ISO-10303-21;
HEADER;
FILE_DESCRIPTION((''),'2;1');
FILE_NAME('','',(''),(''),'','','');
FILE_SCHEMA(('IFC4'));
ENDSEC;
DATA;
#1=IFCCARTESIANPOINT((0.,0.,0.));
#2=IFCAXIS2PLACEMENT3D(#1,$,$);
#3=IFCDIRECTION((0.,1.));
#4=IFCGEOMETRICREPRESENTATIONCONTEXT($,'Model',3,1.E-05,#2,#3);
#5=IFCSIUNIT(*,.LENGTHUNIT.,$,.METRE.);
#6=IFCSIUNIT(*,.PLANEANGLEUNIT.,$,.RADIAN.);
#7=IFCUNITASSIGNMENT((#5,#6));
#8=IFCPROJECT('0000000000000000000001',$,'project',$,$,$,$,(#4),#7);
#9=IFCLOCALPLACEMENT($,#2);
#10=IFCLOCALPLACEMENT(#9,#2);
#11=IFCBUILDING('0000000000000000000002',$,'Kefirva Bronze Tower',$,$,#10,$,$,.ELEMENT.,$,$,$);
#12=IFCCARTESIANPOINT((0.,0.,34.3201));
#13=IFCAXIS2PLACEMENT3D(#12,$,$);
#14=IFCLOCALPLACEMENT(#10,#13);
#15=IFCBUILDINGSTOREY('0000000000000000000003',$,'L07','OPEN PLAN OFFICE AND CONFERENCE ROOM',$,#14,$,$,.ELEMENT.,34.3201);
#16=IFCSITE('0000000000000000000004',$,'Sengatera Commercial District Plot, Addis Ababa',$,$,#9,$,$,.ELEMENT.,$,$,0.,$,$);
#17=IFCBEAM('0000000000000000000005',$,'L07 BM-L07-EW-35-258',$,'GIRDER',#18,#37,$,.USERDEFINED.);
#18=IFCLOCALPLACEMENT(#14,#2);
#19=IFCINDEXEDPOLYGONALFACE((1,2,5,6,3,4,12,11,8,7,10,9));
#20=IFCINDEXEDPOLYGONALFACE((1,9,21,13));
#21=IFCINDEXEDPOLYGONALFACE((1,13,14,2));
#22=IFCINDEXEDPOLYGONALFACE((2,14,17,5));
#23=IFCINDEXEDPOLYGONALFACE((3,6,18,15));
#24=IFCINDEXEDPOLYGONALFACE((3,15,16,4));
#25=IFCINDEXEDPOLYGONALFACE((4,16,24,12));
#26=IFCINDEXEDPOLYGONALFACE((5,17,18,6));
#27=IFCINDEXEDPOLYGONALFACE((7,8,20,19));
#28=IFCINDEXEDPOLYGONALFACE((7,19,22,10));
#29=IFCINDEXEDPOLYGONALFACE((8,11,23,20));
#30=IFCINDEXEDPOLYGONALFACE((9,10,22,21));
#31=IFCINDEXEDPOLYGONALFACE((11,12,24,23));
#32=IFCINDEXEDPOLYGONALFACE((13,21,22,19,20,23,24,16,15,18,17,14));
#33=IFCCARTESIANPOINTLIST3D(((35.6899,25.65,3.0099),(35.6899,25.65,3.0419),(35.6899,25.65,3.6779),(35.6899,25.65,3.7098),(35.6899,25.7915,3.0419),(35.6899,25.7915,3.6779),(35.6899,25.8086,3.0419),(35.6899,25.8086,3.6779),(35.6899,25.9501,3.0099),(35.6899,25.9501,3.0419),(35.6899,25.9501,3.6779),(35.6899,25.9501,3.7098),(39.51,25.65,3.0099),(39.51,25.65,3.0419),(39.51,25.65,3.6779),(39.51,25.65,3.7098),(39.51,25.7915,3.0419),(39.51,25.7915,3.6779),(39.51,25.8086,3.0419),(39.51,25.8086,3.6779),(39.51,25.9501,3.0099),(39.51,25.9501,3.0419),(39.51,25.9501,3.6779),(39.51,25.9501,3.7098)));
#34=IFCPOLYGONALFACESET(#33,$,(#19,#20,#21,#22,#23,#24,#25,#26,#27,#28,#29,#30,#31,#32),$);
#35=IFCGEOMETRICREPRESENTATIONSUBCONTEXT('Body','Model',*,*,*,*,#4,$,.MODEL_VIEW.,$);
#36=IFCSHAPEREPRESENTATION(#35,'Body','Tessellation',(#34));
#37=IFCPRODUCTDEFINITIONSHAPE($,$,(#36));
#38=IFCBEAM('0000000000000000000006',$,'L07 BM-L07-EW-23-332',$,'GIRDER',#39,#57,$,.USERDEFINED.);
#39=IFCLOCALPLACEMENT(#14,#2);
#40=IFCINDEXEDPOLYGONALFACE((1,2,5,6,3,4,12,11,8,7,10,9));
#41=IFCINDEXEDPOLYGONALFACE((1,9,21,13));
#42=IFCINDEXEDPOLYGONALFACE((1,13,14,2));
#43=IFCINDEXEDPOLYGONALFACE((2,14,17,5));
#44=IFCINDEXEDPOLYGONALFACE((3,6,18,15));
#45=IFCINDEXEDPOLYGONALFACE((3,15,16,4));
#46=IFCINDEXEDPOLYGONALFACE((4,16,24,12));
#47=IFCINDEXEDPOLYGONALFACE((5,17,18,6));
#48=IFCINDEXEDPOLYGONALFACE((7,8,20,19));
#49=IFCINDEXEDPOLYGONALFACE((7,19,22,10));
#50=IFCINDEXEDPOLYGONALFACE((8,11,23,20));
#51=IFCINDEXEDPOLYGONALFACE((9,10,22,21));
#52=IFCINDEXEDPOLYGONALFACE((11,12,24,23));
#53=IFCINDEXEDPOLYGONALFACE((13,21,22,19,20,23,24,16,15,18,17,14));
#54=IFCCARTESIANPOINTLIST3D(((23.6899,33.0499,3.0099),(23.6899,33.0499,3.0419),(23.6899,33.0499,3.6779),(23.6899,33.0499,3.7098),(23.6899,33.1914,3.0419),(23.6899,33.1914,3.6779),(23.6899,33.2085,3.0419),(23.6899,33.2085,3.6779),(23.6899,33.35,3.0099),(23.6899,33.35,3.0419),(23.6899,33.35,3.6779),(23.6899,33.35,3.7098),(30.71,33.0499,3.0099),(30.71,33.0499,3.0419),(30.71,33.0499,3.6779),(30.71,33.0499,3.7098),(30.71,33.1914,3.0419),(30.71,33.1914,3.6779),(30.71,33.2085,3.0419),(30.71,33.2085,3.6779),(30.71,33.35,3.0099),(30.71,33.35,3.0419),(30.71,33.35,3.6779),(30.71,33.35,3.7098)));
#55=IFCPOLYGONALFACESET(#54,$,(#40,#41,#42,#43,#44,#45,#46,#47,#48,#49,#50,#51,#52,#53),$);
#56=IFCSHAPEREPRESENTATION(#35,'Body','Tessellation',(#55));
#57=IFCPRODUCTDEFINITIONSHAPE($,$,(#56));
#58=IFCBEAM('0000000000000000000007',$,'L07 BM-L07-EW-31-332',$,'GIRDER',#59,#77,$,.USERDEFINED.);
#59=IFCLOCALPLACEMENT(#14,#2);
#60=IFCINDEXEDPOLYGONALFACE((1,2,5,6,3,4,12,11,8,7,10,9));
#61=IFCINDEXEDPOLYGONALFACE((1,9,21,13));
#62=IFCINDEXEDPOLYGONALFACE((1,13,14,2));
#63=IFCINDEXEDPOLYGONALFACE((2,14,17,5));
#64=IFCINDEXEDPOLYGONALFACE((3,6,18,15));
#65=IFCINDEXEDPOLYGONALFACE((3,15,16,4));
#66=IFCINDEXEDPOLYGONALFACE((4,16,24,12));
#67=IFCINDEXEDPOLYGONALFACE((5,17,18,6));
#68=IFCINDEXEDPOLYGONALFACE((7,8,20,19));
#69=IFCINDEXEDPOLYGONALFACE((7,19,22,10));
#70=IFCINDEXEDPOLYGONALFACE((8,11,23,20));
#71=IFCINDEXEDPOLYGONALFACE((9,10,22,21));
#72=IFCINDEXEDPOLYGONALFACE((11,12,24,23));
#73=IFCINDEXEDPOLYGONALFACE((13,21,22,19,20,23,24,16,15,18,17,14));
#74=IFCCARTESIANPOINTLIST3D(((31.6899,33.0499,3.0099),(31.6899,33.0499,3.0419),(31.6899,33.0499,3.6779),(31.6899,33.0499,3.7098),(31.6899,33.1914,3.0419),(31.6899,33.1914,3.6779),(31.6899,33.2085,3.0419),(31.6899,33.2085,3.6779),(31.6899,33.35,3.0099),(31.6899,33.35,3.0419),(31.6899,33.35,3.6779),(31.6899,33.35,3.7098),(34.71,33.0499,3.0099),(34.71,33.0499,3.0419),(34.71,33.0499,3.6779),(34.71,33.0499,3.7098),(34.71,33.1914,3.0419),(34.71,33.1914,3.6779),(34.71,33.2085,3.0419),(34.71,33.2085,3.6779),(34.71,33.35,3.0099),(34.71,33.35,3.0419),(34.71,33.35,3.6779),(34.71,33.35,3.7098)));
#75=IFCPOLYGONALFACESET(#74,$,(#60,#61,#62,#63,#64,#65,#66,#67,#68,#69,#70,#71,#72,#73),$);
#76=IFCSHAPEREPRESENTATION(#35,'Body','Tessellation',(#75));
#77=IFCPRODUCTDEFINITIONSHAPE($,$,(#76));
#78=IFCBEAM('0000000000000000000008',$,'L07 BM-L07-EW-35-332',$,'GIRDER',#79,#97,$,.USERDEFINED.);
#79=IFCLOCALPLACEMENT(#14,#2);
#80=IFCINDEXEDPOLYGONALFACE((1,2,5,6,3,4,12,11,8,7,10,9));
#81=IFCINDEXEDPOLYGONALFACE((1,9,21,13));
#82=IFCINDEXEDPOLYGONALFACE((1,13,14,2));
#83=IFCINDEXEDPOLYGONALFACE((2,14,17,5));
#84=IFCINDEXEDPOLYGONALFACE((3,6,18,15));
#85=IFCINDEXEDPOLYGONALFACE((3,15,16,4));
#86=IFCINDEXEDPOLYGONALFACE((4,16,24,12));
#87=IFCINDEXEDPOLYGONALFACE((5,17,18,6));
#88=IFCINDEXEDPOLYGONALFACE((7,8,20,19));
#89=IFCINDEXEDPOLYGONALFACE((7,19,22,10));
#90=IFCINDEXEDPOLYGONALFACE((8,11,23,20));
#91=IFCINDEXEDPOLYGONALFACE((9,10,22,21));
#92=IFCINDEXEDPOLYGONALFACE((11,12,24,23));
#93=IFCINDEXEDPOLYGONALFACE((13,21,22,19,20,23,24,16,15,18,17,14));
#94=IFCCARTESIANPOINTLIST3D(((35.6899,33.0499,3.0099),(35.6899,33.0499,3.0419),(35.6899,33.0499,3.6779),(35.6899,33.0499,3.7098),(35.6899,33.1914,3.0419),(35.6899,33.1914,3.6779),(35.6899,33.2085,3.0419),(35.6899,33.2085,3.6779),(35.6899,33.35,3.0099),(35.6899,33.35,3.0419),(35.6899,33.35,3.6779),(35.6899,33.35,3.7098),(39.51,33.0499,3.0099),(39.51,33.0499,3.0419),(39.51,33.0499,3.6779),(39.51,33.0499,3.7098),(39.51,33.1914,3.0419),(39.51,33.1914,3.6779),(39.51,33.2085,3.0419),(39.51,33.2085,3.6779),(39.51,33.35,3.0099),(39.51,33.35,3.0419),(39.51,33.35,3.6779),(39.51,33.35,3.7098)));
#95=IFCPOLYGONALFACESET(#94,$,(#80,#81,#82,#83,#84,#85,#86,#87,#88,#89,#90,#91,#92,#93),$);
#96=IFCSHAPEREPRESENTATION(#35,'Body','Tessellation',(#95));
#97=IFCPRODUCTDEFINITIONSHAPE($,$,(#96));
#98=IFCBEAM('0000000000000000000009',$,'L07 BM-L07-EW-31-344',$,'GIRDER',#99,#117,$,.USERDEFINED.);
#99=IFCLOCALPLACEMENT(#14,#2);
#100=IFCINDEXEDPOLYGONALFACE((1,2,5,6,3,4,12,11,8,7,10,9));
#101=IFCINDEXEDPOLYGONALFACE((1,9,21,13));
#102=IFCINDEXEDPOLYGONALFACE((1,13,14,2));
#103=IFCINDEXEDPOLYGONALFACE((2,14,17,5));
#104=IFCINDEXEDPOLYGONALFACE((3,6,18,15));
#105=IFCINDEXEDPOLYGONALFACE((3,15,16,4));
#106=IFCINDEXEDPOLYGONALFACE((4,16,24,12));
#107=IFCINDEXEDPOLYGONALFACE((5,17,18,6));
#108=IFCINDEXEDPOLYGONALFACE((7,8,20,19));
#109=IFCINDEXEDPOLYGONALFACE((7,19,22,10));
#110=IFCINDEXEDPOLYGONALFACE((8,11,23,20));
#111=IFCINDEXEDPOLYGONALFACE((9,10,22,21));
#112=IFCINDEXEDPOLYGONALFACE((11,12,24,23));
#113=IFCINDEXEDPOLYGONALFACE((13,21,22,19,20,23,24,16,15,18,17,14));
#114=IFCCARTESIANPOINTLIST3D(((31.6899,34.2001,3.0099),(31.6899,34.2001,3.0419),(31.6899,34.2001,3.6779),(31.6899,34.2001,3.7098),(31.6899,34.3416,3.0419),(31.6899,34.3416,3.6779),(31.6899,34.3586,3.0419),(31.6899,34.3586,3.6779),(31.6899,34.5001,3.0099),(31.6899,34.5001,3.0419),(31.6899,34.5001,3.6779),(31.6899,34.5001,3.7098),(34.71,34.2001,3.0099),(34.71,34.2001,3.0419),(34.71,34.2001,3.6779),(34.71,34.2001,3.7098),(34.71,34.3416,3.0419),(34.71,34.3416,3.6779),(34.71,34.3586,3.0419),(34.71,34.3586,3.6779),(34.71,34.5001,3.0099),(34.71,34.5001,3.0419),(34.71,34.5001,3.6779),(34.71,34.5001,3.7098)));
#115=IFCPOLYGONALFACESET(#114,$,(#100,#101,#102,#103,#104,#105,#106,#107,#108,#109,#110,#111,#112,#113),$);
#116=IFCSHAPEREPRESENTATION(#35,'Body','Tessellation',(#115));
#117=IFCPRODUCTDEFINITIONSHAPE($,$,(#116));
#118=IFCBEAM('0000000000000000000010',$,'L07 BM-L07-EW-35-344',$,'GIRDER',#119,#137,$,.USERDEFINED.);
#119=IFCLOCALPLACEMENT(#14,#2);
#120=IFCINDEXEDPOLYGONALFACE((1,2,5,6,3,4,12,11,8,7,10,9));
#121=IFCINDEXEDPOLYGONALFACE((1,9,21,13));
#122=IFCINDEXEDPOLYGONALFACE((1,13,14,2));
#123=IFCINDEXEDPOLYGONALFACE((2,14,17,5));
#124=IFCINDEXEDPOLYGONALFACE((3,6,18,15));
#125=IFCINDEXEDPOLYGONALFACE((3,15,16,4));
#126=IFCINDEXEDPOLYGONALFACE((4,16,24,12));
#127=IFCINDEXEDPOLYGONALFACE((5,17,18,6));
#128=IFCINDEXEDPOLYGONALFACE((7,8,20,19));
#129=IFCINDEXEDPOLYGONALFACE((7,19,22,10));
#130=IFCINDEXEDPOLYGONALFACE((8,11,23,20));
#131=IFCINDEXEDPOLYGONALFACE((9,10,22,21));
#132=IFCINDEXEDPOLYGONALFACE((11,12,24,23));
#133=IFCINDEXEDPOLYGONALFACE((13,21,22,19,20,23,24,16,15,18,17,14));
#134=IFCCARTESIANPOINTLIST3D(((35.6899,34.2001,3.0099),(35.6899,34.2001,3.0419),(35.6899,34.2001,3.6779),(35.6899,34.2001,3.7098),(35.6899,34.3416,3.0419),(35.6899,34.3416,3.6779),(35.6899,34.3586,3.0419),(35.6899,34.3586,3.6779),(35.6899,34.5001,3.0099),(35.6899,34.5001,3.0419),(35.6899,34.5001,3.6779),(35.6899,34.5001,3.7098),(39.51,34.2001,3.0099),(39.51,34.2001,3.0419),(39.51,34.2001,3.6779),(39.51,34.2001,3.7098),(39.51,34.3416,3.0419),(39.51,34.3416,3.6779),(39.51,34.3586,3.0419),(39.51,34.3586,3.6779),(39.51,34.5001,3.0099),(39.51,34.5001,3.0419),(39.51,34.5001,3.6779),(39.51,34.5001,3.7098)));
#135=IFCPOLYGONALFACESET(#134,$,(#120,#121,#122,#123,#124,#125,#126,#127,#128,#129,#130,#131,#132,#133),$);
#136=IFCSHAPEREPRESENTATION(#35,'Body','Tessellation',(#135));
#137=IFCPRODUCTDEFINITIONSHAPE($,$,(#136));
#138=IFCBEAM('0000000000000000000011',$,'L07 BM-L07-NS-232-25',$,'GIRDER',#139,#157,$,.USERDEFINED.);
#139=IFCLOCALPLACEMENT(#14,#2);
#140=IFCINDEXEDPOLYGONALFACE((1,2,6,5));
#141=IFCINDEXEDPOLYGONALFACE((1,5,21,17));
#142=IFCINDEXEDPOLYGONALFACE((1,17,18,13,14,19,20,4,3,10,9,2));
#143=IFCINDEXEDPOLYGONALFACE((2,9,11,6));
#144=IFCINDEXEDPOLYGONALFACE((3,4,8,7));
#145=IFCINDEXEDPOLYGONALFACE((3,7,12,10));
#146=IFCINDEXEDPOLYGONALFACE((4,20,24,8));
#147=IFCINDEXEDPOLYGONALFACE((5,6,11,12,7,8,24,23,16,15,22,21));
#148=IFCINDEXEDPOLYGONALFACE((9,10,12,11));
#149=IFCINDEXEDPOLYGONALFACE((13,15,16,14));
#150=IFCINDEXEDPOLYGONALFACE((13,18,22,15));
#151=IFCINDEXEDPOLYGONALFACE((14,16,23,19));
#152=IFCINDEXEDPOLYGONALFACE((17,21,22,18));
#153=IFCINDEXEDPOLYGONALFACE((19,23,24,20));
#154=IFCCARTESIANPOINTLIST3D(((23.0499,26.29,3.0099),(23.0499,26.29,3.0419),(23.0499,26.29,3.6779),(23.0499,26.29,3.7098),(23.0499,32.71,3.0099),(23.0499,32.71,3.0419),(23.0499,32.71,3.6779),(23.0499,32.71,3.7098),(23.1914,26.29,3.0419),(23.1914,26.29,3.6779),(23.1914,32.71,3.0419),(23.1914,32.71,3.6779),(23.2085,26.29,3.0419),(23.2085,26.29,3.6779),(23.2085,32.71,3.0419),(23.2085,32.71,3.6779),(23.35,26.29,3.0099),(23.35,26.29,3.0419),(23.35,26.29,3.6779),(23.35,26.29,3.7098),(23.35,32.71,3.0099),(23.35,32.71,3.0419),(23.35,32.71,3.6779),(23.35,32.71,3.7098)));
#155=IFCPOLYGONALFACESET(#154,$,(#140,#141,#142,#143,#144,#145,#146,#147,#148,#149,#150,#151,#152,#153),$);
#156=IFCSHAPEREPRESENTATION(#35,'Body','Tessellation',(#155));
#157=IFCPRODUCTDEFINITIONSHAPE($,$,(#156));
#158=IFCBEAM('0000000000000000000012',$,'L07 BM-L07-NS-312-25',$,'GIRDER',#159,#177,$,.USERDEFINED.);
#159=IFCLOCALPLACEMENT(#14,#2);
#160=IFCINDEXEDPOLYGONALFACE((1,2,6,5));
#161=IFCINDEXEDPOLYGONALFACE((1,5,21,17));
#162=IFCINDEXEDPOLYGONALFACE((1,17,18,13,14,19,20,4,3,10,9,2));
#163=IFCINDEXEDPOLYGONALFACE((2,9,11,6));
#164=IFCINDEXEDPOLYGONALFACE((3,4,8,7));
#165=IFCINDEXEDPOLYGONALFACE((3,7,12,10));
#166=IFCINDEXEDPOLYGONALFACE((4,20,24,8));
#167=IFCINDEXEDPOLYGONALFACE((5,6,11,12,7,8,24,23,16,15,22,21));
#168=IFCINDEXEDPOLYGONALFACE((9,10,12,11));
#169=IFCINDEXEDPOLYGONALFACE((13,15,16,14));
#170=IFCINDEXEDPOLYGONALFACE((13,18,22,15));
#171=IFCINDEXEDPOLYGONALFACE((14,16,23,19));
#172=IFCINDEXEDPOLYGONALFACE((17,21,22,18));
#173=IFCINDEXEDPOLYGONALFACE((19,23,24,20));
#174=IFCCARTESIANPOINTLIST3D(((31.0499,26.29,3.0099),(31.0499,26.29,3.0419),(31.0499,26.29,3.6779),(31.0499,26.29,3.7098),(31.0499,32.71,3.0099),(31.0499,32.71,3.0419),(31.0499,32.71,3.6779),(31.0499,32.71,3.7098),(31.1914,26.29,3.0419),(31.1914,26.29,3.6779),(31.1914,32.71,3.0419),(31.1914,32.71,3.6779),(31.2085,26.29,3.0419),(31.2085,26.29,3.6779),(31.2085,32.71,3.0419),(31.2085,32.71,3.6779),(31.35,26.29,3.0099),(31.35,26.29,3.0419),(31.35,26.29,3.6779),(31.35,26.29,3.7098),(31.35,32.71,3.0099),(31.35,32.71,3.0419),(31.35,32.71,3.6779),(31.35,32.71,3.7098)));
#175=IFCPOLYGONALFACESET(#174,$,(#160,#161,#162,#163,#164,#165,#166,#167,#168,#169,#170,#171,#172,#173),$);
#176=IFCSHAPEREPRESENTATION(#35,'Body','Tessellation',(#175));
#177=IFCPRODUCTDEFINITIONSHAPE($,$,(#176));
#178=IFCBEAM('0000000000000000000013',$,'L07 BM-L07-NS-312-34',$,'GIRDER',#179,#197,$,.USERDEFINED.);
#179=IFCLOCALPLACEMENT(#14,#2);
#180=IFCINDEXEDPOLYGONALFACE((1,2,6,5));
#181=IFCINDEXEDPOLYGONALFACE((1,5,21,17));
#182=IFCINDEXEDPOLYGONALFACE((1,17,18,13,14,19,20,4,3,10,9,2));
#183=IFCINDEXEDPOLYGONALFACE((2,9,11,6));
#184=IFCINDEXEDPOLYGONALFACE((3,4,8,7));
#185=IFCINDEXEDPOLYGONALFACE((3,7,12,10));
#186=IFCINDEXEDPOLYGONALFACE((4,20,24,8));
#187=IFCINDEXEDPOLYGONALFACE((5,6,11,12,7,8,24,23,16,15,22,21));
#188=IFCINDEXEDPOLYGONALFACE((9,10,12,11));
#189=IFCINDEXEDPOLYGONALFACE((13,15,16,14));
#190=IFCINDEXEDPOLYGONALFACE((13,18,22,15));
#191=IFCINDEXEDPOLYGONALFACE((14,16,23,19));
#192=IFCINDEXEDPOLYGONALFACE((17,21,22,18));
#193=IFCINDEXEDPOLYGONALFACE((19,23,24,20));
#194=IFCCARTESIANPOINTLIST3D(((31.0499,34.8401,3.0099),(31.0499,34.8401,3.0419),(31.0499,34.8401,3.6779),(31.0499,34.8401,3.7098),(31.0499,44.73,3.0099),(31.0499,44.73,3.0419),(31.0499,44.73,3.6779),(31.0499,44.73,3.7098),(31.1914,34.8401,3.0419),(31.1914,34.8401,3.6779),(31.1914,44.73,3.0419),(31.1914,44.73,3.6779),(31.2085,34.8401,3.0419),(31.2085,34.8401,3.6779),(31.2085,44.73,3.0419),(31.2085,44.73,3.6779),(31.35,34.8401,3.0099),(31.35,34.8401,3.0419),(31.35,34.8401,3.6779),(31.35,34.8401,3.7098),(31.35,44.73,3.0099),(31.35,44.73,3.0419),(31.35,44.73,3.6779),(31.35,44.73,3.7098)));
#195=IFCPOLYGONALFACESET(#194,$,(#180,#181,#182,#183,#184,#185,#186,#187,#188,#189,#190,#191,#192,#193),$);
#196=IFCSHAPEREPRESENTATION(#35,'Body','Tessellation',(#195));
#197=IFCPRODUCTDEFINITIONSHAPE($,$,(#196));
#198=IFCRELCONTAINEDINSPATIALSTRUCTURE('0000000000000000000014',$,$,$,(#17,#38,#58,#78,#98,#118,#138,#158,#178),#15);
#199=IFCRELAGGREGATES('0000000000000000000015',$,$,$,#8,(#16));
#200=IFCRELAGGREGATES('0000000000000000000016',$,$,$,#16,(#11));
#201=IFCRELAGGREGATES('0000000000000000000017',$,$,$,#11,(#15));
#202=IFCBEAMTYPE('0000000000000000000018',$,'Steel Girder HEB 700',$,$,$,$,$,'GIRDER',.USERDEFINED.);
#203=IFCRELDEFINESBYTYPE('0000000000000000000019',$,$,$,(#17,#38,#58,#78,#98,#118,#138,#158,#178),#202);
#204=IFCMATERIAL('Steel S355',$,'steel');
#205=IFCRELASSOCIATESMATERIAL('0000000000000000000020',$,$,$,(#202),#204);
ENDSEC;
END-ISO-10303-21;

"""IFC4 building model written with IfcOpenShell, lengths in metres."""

from ifc_helpers import new_model, si_unit, direction, frame, origin, origin_2d, place, context, subcontext, project, spatial, i_section, extrude, material, material_profile, profile_set, type_object, element, save


model = new_model("IFC4")

# Units and contexts
model_context = context("Model", 3, precision=1e-05, world=origin(), true_north=direction((0.0, 1.0)))
body_context = subcontext(model_context, "Body", "Model", "MODEL_VIEW")
ifc_project = project(units=[si_unit("LENGTHUNIT", "METRE"), si_unit("PLANEANGLEUNIT", "RADIAN")], contexts=[model_context])

# Site, building, storey
site_placement = place(None, origin())
site = spatial("IfcSite", under=ifc_project, at=site_placement, Name="Sengatera Commercial District Plot, Addis Ababa", CompositionType="ELEMENT", RefElevation=0.0)
building_placement = place(site_placement, origin())
building = spatial("IfcBuilding", under=site, at=building_placement, Name="Kefirva Bronze Tower", CompositionType="ELEMENT")
storey_placement = place(building_placement, frame((0.0, 0.0, 34.3201)))
storey = spatial("IfcBuildingStorey", under=building, at=storey_placement, Name="L07", Description="OPEN PLAN OFFICE AND CONFERENCE ROOM", CompositionType="ELEMENT", Elevation=34.3201)

# Beams
ifc_material_1 = material(Name="Steel S355", Category="steel")
ifc_material_profile_1 = material_profile(ifc_material_1, i_section(OverallWidth=0.3, OverallDepth=0.7, WebThickness=0.0171, FlangeThickness=0.032, at=origin_2d()), Name="HEB 700")
ifc_profile_set_1 = profile_set([ifc_material_profile_1], Name="Steel S355")
beam_type_1 = type_object("IfcBeamType", Name="Steel Girder HEB 700", ElementType="GIRDER", PredefinedType="USERDEFINED", material=ifc_profile_set_1)
beam_1_placement = place(storey_placement, frame((35.6899, 25.8, 3.3599), z_axis=(1.0, 0.0, 0.0), x_axis=(0.0, 1.0, 0.0)))
element("IfcBeam", 1, at=beam_1_placement, inside=storey, type_object=beam_type_1, Name="L07 BM-L07-EW-35-258", ObjectType="GIRDER", PredefinedType="USERDEFINED", context=body_context, shape_type="SweptSolid", body=[
    extrude(i_section(OverallWidth=0.3, OverallDepth=0.7, WebThickness=0.0171, FlangeThickness=0.032, at=origin_2d()), origin(), (0.0, 0.0, 1.0), 3.8201),
])
beam_2_placement = place(storey_placement, frame((23.6899, 33.2, 3.3599), z_axis=(1.0, 0.0, 0.0), x_axis=(0.0, 1.0, 0.0)))
element("IfcBeam", 2, at=beam_2_placement, inside=storey, type_object=beam_type_1, Name="L07 BM-L07-EW-23-332", ObjectType="GIRDER", PredefinedType="USERDEFINED", context=body_context, shape_type="SweptSolid", body=[
    extrude(i_section(OverallWidth=0.3, OverallDepth=0.7, WebThickness=0.0171, FlangeThickness=0.032, at=origin_2d()), origin(), (0.0, 0.0, 1.0), 7.02),
])
beam_3_placement = place(storey_placement, frame((31.6899, 33.2, 3.3599), z_axis=(1.0, 0.0, 0.0), x_axis=(0.0, 1.0, 0.0)))
element("IfcBeam", 3, at=beam_3_placement, inside=storey, type_object=beam_type_1, Name="L07 BM-L07-EW-31-332", ObjectType="GIRDER", PredefinedType="USERDEFINED", context=body_context, shape_type="SweptSolid", body=[
    extrude(i_section(OverallWidth=0.3, OverallDepth=0.7, WebThickness=0.0171, FlangeThickness=0.032, at=origin_2d()), origin(), (0.0, 0.0, 1.0), 3.02),
])
beam_4_placement = place(storey_placement, frame((35.6899, 33.2, 3.3599), z_axis=(1.0, 0.0, 0.0), x_axis=(0.0, 1.0, 0.0)))
element("IfcBeam", 4, at=beam_4_placement, inside=storey, type_object=beam_type_1, Name="L07 BM-L07-EW-35-332", ObjectType="GIRDER", PredefinedType="USERDEFINED", context=body_context, shape_type="SweptSolid", body=[
    extrude(i_section(OverallWidth=0.3, OverallDepth=0.7, WebThickness=0.0171, FlangeThickness=0.032, at=origin_2d()), origin(), (0.0, 0.0, 1.0), 3.8201),
])
beam_5_placement = place(storey_placement, frame((31.6899, 34.3501, 3.3599), z_axis=(1.0, 0.0, 0.0), x_axis=(0.0, 1.0, 0.0)))
element("IfcBeam", 5, at=beam_5_placement, inside=storey, type_object=beam_type_1, Name="L07 BM-L07-EW-31-344", ObjectType="GIRDER", PredefinedType="USERDEFINED", context=body_context, shape_type="SweptSolid", body=[
    extrude(i_section(OverallWidth=0.3, OverallDepth=0.7, WebThickness=0.0171, FlangeThickness=0.032, at=origin_2d()), origin(), (0.0, 0.0, 1.0), 3.02),
])
beam_6_placement = place(storey_placement, frame((35.6899, 34.3501, 3.3599), z_axis=(1.0, 0.0, 0.0), x_axis=(0.0, 1.0, 0.0)))
element("IfcBeam", 6, at=beam_6_placement, inside=storey, type_object=beam_type_1, Name="L07 BM-L07-EW-35-344", ObjectType="GIRDER", PredefinedType="USERDEFINED", context=body_context, shape_type="SweptSolid", body=[
    extrude(i_section(OverallWidth=0.3, OverallDepth=0.7, WebThickness=0.0171, FlangeThickness=0.032, at=origin_2d()), origin(), (0.0, 0.0, 1.0), 3.8201),
])
for number, where, z_axis, x_axis, name in (
    (7, (23.2, 26.29, 3.3599), (0.0, 1.0, 0.0), (-1.0, 0.0, 0.0), "L07 BM-L07-NS-232-25"),
    (8, (31.2, 26.29, 3.3599), (0.0, 1.0, 0.0), (-1.0, 0.0, 0.0), "L07 BM-L07-NS-312-25"),
):
    element("IfcBeam", number, at=place(storey_placement, frame(where, z_axis=z_axis, x_axis=x_axis)), inside=storey, type_object=beam_type_1, Name=name, ObjectType="GIRDER", PredefinedType="USERDEFINED", context=body_context, shape_type="SweptSolid", body=[
        extrude(i_section(OverallWidth=0.3, OverallDepth=0.7, WebThickness=0.0171, FlangeThickness=0.032, at=origin_2d()), origin(), (0.0, 0.0, 1.0), 6.4199),
    ])
beam_7_placement = place(storey_placement, frame((31.2, 34.8401, 3.3599), z_axis=(0.0, 1.0, 0.0), x_axis=(-1.0, 0.0, 0.0)))
element("IfcBeam", 9, at=beam_7_placement, inside=storey, type_object=beam_type_1, Name="L07 BM-L07-NS-312-34", ObjectType="GIRDER", PredefinedType="USERDEFINED", context=body_context, shape_type="SweptSolid", body=[
    extrude(i_section(OverallWidth=0.3, OverallDepth=0.7, WebThickness=0.0171, FlangeThickness=0.032, at=origin_2d()), origin(), (0.0, 0.0, 1.0), 9.8899),
])

save(model, "model.ifc")
